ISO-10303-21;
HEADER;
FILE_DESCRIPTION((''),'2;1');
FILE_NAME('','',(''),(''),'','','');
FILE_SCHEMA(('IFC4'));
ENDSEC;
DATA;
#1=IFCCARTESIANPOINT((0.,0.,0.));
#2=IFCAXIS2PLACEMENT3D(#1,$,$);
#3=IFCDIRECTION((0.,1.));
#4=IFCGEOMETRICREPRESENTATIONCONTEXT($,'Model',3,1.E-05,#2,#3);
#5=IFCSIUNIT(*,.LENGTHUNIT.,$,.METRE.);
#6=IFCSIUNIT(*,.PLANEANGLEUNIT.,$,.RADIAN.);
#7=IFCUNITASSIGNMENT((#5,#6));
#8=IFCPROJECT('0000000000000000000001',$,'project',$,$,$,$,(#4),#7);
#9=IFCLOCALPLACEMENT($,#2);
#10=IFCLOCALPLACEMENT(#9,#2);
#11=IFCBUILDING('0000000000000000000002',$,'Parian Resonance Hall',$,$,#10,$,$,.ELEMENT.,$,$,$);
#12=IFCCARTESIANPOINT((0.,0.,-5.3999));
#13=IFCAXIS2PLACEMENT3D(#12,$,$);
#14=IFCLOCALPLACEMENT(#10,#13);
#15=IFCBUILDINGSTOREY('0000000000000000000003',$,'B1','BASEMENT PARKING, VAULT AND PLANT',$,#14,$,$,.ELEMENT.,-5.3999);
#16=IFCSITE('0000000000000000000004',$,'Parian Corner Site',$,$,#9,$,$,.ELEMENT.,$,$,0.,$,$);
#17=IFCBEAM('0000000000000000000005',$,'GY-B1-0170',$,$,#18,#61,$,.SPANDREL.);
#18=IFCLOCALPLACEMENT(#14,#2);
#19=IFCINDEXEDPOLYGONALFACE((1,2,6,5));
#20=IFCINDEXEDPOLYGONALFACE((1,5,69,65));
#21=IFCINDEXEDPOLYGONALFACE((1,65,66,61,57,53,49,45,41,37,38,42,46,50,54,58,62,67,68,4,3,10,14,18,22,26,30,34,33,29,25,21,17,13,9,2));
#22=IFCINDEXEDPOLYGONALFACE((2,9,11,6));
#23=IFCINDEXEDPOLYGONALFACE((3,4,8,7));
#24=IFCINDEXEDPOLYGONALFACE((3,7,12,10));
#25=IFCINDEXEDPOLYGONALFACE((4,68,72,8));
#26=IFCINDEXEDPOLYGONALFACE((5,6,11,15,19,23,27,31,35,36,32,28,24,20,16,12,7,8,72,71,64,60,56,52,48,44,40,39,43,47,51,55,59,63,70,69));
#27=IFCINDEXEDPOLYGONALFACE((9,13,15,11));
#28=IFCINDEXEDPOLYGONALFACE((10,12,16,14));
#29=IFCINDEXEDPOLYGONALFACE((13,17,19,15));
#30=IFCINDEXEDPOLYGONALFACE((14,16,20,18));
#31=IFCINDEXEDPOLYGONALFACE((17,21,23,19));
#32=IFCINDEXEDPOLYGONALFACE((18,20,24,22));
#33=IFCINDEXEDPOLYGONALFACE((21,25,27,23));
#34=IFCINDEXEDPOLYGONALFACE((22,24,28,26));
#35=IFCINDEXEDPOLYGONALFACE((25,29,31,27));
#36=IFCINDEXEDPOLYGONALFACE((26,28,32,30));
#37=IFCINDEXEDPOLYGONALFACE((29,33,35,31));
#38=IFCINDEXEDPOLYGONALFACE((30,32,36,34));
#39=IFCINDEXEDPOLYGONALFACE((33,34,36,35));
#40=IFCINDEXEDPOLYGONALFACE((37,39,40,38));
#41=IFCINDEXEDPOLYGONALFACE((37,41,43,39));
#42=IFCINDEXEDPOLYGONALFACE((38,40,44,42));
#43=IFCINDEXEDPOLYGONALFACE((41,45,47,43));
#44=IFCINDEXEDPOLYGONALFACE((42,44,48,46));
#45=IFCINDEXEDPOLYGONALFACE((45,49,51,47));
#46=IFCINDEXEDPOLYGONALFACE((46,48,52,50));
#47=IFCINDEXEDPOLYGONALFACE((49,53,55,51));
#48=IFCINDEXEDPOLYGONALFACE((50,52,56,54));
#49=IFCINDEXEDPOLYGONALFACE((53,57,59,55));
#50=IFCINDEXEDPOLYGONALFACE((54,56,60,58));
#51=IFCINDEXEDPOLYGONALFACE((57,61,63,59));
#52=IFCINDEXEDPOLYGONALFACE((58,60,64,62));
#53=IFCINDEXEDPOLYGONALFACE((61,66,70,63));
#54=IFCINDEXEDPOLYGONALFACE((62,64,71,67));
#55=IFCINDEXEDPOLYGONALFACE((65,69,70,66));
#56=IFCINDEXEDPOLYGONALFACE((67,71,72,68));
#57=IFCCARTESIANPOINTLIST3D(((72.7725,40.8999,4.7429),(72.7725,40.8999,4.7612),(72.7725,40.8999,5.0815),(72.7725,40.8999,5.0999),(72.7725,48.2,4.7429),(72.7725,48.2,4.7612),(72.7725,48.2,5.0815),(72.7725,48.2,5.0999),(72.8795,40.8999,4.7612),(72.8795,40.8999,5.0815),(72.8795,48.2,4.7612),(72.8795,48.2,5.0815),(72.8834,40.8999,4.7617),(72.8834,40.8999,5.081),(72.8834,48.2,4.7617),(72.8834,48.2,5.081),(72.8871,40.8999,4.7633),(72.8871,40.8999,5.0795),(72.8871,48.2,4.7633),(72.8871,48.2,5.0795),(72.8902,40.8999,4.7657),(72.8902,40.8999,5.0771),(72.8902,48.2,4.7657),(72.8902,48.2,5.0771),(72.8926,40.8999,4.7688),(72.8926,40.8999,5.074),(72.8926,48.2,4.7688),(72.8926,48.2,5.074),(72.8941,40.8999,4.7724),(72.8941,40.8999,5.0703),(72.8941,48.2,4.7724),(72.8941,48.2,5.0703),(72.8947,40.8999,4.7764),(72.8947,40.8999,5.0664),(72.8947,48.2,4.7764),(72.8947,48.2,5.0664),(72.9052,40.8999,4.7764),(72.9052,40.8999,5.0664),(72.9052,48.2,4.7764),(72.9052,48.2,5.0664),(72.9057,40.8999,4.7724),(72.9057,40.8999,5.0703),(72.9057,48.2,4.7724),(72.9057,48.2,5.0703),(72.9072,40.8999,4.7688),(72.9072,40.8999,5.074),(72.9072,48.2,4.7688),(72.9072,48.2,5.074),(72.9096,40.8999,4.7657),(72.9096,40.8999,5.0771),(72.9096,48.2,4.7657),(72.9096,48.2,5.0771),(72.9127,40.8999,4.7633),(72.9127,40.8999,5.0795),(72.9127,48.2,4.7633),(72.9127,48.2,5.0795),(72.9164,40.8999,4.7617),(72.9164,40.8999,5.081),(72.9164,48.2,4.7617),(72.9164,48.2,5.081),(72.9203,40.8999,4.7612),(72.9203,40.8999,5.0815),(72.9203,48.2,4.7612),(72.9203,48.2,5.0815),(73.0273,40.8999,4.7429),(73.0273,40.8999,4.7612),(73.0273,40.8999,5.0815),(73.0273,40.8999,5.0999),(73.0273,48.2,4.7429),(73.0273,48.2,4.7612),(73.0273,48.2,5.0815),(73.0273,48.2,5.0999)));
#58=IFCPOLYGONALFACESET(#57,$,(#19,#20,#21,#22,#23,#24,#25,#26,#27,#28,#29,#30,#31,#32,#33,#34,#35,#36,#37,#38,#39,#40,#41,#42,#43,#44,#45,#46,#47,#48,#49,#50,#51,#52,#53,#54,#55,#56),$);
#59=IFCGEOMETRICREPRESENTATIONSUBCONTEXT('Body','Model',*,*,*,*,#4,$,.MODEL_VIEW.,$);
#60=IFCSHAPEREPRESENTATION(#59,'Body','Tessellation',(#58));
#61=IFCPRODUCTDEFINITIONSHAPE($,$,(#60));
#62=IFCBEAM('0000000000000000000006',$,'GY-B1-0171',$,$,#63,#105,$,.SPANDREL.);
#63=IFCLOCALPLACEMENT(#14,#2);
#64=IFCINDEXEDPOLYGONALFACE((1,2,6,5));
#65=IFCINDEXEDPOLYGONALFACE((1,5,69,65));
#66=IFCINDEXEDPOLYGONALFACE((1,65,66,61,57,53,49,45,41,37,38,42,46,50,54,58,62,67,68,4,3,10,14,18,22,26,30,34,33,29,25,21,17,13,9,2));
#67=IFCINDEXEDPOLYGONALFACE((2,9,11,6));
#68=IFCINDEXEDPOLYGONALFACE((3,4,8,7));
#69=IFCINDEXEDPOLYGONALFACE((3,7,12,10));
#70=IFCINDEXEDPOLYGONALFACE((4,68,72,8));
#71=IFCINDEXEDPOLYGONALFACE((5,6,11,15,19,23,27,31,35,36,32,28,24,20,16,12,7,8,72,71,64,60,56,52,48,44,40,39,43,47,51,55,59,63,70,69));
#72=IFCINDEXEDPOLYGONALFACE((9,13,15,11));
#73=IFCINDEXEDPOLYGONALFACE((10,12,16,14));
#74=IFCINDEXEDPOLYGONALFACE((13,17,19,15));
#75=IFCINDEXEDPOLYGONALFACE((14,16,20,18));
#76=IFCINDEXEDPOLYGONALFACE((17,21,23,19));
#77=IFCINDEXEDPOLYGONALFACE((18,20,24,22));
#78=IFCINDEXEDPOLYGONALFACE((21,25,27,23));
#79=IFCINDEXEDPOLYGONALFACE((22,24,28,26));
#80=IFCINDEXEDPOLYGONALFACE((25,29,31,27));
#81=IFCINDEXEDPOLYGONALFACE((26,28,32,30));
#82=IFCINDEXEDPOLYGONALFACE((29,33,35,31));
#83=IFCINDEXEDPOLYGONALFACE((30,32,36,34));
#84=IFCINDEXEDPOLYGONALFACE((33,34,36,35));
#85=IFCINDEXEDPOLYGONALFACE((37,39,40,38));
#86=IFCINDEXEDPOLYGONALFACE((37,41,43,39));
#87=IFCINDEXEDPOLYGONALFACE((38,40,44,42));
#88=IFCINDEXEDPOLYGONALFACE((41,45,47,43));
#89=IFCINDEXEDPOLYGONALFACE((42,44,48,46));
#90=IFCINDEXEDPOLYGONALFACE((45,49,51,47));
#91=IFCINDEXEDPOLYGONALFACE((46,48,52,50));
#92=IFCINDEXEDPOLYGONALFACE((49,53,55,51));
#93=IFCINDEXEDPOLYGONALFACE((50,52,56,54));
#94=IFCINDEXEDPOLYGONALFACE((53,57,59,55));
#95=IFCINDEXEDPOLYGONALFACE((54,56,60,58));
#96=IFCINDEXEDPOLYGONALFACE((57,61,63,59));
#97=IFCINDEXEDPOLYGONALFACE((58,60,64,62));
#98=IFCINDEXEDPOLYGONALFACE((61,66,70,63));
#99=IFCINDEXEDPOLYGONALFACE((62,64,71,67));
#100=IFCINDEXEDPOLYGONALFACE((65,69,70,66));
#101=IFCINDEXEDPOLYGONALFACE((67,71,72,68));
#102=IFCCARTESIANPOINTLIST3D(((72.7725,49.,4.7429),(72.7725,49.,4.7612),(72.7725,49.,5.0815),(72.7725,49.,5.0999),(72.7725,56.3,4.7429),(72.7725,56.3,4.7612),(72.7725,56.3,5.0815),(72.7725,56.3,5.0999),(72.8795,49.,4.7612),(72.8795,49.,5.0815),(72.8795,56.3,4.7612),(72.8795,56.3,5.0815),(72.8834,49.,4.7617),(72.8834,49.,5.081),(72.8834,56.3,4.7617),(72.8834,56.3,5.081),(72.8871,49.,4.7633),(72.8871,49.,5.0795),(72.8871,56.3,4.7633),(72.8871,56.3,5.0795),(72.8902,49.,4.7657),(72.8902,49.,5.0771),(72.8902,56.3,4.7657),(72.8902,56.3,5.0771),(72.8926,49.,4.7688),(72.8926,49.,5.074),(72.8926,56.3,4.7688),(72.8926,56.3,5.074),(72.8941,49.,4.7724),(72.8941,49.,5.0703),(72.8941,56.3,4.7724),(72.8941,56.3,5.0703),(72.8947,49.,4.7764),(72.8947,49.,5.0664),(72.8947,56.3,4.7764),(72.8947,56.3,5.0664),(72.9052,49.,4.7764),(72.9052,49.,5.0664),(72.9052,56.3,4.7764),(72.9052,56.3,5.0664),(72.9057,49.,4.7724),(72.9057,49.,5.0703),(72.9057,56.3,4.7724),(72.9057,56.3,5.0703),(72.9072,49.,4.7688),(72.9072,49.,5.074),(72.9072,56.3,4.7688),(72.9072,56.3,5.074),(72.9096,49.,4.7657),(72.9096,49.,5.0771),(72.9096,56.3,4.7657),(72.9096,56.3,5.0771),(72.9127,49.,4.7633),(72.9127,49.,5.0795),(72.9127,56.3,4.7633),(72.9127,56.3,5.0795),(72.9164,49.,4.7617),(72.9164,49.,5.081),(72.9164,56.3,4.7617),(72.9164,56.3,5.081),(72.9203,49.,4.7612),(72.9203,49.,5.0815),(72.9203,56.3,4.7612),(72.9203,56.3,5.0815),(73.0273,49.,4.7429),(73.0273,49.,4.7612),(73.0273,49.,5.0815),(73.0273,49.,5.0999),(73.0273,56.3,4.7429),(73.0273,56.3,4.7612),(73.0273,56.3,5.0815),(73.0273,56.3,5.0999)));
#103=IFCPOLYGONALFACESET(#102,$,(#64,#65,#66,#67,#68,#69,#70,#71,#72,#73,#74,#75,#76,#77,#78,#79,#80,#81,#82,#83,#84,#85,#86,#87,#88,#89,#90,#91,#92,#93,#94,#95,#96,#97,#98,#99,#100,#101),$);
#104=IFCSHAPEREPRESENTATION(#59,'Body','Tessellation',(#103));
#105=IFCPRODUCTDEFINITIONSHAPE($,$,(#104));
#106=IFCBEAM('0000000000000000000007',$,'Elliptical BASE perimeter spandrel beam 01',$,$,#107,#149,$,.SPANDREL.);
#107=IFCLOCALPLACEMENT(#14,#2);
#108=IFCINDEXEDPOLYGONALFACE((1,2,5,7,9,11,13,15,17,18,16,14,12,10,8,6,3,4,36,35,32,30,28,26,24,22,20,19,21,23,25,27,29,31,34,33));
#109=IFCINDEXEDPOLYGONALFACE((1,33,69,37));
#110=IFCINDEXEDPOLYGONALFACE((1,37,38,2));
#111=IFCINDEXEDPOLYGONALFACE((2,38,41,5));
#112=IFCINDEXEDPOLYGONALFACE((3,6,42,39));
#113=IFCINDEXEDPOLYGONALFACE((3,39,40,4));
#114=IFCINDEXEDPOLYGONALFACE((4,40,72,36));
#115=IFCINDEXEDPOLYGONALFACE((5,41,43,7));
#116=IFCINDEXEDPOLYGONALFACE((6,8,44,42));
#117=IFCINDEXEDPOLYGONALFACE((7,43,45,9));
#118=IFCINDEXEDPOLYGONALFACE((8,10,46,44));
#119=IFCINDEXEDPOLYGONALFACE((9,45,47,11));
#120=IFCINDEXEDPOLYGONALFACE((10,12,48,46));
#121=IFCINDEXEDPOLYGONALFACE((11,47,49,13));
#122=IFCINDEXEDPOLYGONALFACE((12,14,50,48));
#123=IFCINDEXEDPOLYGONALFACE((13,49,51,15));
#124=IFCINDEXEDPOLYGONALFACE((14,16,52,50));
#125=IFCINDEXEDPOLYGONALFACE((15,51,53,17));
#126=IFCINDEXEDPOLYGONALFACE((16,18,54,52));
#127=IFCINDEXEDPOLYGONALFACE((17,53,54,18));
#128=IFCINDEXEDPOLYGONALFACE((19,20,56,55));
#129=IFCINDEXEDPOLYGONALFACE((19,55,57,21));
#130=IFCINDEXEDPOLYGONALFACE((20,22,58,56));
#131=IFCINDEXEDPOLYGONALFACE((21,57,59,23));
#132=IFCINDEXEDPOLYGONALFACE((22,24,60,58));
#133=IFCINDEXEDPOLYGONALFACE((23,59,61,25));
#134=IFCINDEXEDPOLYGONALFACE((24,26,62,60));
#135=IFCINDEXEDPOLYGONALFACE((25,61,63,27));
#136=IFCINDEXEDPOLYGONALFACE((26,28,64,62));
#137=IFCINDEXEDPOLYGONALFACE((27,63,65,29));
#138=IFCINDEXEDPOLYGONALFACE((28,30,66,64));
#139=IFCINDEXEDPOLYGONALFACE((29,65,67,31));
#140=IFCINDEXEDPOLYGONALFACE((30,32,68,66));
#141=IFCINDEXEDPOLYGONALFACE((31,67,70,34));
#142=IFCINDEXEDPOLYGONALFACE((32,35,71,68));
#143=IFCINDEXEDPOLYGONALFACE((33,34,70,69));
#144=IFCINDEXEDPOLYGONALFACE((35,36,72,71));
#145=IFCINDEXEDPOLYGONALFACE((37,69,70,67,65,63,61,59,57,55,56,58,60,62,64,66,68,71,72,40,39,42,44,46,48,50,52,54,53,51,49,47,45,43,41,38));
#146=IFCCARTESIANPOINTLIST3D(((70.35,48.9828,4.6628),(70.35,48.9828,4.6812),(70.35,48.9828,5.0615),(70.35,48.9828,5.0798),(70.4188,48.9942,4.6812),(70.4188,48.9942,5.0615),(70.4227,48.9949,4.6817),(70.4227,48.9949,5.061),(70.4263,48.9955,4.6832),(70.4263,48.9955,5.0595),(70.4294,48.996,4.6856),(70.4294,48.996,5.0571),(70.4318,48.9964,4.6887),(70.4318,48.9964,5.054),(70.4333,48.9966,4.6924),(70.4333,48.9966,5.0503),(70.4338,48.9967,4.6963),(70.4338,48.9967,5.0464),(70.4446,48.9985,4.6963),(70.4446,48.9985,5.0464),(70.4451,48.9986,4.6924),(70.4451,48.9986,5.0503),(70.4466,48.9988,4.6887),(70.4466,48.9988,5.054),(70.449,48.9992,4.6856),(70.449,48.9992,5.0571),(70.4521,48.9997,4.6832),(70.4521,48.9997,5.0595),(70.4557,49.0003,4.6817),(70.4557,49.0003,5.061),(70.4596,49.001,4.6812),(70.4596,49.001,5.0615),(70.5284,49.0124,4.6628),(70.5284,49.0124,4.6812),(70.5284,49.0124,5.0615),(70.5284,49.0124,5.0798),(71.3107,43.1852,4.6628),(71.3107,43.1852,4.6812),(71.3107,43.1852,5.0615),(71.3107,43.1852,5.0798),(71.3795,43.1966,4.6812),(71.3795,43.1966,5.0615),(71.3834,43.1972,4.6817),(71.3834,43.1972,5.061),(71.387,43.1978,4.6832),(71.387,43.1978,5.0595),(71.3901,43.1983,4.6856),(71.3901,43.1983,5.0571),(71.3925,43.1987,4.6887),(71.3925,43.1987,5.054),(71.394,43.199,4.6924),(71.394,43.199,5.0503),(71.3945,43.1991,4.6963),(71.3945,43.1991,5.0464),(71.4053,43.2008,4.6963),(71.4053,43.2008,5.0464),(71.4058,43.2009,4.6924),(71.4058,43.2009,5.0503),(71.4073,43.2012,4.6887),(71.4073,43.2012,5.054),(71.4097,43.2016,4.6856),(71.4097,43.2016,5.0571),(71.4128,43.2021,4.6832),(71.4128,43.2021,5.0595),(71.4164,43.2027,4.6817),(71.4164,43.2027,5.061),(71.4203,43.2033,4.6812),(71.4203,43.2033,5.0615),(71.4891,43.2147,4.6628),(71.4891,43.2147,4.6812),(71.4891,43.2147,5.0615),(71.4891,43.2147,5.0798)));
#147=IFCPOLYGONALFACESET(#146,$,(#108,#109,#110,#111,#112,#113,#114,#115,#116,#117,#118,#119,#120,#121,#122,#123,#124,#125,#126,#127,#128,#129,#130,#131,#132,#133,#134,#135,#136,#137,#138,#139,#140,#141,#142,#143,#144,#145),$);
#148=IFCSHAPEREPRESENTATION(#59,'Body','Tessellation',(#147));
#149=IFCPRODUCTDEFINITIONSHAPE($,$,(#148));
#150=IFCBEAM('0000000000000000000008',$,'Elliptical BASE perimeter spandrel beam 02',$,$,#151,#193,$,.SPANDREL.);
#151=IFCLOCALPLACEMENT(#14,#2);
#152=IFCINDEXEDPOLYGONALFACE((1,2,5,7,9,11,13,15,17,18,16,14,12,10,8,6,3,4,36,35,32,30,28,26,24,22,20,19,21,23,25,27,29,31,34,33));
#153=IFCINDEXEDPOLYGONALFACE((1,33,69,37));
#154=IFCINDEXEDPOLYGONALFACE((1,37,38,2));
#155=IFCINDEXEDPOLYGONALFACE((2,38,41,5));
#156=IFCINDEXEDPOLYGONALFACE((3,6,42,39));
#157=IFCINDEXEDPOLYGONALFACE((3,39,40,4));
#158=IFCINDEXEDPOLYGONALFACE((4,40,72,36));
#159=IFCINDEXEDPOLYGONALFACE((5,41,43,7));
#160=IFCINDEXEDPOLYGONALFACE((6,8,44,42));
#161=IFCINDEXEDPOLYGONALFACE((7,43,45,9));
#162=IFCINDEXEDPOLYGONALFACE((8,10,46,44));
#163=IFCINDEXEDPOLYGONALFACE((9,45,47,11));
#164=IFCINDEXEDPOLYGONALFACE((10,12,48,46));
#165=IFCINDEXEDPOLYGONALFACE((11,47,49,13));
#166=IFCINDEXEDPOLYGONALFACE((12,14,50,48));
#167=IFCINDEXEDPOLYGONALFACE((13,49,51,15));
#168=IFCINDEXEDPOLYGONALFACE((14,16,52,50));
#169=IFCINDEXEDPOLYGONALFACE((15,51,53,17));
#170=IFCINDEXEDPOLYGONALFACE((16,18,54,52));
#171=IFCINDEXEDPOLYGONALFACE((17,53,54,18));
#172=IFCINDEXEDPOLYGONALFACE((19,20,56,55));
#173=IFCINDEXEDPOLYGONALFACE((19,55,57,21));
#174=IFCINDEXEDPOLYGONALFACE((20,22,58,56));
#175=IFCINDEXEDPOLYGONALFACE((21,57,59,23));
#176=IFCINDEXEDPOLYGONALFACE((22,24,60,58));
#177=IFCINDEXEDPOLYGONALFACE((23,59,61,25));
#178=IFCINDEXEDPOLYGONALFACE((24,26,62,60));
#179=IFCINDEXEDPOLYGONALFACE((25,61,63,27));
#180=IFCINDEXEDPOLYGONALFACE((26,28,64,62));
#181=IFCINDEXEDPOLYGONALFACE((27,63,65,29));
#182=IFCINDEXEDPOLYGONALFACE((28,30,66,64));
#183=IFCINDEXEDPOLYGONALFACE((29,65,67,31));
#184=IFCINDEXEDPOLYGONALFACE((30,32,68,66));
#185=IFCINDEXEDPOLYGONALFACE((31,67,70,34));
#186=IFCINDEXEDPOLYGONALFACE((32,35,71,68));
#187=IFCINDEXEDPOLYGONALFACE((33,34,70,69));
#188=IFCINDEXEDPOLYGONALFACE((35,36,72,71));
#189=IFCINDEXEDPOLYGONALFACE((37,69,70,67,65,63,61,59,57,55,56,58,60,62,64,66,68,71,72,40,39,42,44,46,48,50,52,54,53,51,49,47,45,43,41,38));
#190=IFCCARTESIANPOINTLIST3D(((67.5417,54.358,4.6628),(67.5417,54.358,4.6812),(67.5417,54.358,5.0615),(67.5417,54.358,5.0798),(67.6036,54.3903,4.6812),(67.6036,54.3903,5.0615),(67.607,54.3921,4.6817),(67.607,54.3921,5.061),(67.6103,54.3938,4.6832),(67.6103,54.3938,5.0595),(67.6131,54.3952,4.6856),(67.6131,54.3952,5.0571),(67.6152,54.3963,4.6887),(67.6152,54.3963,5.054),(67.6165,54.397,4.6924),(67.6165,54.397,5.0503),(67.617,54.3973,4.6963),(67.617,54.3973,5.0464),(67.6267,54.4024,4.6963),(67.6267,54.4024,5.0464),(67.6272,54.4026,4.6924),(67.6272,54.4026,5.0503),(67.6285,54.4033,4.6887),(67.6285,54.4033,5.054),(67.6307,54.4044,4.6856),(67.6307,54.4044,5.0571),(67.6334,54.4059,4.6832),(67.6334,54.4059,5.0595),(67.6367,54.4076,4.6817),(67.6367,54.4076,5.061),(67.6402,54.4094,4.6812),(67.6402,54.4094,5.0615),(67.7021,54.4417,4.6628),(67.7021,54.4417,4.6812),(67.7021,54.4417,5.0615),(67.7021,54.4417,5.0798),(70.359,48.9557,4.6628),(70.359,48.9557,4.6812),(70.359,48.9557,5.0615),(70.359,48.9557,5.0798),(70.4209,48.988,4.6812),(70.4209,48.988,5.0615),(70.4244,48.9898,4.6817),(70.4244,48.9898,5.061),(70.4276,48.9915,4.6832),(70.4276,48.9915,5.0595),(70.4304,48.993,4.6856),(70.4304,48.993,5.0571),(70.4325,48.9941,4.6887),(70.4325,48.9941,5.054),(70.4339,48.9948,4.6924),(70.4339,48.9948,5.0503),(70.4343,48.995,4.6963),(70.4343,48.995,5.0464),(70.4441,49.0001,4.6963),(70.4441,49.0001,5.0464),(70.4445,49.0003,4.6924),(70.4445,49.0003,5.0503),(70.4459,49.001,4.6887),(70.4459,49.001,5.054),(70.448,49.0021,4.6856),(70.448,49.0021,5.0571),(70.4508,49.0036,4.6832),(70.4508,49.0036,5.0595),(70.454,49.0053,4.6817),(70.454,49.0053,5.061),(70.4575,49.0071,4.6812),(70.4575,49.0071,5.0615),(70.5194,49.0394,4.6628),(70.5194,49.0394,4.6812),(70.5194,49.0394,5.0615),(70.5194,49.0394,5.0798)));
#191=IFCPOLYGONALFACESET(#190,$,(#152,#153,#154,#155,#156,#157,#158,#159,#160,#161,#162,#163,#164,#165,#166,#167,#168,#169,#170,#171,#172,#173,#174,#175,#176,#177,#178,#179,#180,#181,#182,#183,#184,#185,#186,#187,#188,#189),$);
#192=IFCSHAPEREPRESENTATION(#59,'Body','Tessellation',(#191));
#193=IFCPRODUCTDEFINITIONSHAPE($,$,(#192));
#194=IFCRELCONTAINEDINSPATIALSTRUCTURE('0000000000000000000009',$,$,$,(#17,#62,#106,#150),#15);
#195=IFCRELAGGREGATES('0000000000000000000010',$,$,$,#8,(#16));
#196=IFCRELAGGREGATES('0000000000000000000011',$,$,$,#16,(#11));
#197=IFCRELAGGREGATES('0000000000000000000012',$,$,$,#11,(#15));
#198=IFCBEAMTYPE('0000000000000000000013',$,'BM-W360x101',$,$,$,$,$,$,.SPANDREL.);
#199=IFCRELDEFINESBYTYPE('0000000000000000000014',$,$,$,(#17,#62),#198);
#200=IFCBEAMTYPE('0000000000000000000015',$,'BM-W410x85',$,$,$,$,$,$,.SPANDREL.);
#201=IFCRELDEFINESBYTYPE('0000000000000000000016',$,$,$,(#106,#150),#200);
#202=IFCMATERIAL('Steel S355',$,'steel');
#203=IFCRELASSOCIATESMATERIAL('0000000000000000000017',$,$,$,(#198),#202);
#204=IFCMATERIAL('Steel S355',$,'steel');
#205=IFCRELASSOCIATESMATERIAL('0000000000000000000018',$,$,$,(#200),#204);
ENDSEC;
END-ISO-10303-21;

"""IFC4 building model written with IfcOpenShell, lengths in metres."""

from ifc_helpers import new_model, si_unit, direction, frame, origin, origin_2d, place, context, subcontext, project, spatial, i_section, extrude, material, material_profile, profile_set, type_object, element, save


model = new_model("IFC4")

# Units and contexts
model_context = context("Model", 3, precision=1e-05, world=origin(), true_north=direction((0.0, 1.0)))
body_context = subcontext(model_context, "Body", "Model", "MODEL_VIEW")
ifc_project = project(units=[si_unit("LENGTHUNIT", "METRE"), si_unit("PLANEANGLEUNIT", "RADIAN")], contexts=[model_context])

# Site, building, storey
site_placement = place(None, origin())
site = spatial("IfcSite", under=ifc_project, at=site_placement, Name="Parian Corner Site", CompositionType="ELEMENT", RefElevation=0.0)
building_placement = place(site_placement, origin())
building = spatial("IfcBuilding", under=site, at=building_placement, Name="Parian Resonance Hall", CompositionType="ELEMENT")
storey_placement = place(building_placement, frame((0.0, 0.0, -5.3999)))
storey = spatial("IfcBuildingStorey", under=building, at=storey_placement, Name="B1", Description="BASEMENT PARKING, VAULT AND PLANT", CompositionType="ELEMENT", Elevation=-5.3999)

# Beams
ifc_material_1 = material(Name="Steel S355", Category="steel")
ifc_material_profile_1 = material_profile(ifc_material_1, i_section(OverallWidth=0.2549, OverallDepth=0.3569, WebThickness=0.0105, FlangeThickness=0.0183, FilletRadius=0.0151, at=origin_2d()), Name="W360x101")
ifc_profile_set_1 = profile_set([ifc_material_profile_1], Name="Steel S355")
beam_type_1 = type_object("IfcBeamType", Name="BM-W360x101", PredefinedType="SPANDREL", material=ifc_profile_set_1)
for number, where, z_axis, x_axis, name in (
    (1, (72.8999, 40.8999, 4.9214), (0.0, 1.0, 0.0), (-1.0, 0.0, 0.0), "GY-B1-0170"),
    (2, (72.8999, 49.0, 4.9214), (0.0, 1.0, 0.0), (-1.0, 0.0, 0.0), "GY-B1-0171"),
):
    element("IfcBeam", number, at=place(storey_placement, frame(where, z_axis=z_axis, x_axis=x_axis)), inside=storey, type_object=beam_type_1, Name=name, PredefinedType="SPANDREL", context=body_context, shape_type="SweptSolid", body=[
        extrude(i_section(OverallWidth=0.2549, OverallDepth=0.3569, WebThickness=0.0105, FlangeThickness=0.0183, FilletRadius=0.0151, at=origin_2d()), origin(), (0.0, 0.0, 1.0), 7.3),
    ])
ifc_material_2 = material(Name="Steel S355", Category="steel")
ifc_material_profile_2 = material_profile(ifc_material_2, i_section(OverallWidth=0.1809, OverallDepth=0.417, WebThickness=0.011, FlangeThickness=0.0183, FilletRadius=0.0151, at=origin_2d()), Name="W410x85")
ifc_profile_set_2 = profile_set([ifc_material_profile_2], Name="Steel S355")
beam_type_2 = type_object("IfcBeamType", Name="BM-W410x85", PredefinedType="SPANDREL", material=ifc_profile_set_2)
beam_1_placement = place(storey_placement, frame((71.3999, 43.2, 4.8713), z_axis=(-0.163476, 0.986547, 0.0), x_axis=(-0.986547, -0.163476, 0.0)))
element("IfcBeam", 3, at=beam_1_placement, inside=storey, type_object=beam_type_2, Name="Elliptical BASE perimeter spandrel beam 01", PredefinedType="SPANDREL", context=body_context, shape_type="SweptSolid", body=[
    extrude(i_section(OverallWidth=0.1809, OverallDepth=0.417, WebThickness=0.011, FlangeThickness=0.0183, FilletRadius=0.0151, at=origin_2d()), origin(), (0.0, 0.0, 1.0), 5.8767),
])
beam_2_placement = place(storey_placement, frame((70.4392, 48.9976, 4.8713), z_axis=(-0.462407, 0.886668, 0.0), x_axis=(-0.886668, -0.462407, 0.0)))
element("IfcBeam", 4, at=beam_2_placement, inside=storey, type_object=beam_type_2, Name="Elliptical BASE perimeter spandrel beam 02", PredefinedType="SPANDREL", context=body_context, shape_type="SweptSolid", body=[
    extrude(i_section(OverallWidth=0.1809, OverallDepth=0.417, WebThickness=0.011, FlangeThickness=0.0183, FilletRadius=0.0151, at=origin_2d()), origin(), (0.0, 0.0, 1.0), 6.0928),
])

save(model, "model.ifc")
